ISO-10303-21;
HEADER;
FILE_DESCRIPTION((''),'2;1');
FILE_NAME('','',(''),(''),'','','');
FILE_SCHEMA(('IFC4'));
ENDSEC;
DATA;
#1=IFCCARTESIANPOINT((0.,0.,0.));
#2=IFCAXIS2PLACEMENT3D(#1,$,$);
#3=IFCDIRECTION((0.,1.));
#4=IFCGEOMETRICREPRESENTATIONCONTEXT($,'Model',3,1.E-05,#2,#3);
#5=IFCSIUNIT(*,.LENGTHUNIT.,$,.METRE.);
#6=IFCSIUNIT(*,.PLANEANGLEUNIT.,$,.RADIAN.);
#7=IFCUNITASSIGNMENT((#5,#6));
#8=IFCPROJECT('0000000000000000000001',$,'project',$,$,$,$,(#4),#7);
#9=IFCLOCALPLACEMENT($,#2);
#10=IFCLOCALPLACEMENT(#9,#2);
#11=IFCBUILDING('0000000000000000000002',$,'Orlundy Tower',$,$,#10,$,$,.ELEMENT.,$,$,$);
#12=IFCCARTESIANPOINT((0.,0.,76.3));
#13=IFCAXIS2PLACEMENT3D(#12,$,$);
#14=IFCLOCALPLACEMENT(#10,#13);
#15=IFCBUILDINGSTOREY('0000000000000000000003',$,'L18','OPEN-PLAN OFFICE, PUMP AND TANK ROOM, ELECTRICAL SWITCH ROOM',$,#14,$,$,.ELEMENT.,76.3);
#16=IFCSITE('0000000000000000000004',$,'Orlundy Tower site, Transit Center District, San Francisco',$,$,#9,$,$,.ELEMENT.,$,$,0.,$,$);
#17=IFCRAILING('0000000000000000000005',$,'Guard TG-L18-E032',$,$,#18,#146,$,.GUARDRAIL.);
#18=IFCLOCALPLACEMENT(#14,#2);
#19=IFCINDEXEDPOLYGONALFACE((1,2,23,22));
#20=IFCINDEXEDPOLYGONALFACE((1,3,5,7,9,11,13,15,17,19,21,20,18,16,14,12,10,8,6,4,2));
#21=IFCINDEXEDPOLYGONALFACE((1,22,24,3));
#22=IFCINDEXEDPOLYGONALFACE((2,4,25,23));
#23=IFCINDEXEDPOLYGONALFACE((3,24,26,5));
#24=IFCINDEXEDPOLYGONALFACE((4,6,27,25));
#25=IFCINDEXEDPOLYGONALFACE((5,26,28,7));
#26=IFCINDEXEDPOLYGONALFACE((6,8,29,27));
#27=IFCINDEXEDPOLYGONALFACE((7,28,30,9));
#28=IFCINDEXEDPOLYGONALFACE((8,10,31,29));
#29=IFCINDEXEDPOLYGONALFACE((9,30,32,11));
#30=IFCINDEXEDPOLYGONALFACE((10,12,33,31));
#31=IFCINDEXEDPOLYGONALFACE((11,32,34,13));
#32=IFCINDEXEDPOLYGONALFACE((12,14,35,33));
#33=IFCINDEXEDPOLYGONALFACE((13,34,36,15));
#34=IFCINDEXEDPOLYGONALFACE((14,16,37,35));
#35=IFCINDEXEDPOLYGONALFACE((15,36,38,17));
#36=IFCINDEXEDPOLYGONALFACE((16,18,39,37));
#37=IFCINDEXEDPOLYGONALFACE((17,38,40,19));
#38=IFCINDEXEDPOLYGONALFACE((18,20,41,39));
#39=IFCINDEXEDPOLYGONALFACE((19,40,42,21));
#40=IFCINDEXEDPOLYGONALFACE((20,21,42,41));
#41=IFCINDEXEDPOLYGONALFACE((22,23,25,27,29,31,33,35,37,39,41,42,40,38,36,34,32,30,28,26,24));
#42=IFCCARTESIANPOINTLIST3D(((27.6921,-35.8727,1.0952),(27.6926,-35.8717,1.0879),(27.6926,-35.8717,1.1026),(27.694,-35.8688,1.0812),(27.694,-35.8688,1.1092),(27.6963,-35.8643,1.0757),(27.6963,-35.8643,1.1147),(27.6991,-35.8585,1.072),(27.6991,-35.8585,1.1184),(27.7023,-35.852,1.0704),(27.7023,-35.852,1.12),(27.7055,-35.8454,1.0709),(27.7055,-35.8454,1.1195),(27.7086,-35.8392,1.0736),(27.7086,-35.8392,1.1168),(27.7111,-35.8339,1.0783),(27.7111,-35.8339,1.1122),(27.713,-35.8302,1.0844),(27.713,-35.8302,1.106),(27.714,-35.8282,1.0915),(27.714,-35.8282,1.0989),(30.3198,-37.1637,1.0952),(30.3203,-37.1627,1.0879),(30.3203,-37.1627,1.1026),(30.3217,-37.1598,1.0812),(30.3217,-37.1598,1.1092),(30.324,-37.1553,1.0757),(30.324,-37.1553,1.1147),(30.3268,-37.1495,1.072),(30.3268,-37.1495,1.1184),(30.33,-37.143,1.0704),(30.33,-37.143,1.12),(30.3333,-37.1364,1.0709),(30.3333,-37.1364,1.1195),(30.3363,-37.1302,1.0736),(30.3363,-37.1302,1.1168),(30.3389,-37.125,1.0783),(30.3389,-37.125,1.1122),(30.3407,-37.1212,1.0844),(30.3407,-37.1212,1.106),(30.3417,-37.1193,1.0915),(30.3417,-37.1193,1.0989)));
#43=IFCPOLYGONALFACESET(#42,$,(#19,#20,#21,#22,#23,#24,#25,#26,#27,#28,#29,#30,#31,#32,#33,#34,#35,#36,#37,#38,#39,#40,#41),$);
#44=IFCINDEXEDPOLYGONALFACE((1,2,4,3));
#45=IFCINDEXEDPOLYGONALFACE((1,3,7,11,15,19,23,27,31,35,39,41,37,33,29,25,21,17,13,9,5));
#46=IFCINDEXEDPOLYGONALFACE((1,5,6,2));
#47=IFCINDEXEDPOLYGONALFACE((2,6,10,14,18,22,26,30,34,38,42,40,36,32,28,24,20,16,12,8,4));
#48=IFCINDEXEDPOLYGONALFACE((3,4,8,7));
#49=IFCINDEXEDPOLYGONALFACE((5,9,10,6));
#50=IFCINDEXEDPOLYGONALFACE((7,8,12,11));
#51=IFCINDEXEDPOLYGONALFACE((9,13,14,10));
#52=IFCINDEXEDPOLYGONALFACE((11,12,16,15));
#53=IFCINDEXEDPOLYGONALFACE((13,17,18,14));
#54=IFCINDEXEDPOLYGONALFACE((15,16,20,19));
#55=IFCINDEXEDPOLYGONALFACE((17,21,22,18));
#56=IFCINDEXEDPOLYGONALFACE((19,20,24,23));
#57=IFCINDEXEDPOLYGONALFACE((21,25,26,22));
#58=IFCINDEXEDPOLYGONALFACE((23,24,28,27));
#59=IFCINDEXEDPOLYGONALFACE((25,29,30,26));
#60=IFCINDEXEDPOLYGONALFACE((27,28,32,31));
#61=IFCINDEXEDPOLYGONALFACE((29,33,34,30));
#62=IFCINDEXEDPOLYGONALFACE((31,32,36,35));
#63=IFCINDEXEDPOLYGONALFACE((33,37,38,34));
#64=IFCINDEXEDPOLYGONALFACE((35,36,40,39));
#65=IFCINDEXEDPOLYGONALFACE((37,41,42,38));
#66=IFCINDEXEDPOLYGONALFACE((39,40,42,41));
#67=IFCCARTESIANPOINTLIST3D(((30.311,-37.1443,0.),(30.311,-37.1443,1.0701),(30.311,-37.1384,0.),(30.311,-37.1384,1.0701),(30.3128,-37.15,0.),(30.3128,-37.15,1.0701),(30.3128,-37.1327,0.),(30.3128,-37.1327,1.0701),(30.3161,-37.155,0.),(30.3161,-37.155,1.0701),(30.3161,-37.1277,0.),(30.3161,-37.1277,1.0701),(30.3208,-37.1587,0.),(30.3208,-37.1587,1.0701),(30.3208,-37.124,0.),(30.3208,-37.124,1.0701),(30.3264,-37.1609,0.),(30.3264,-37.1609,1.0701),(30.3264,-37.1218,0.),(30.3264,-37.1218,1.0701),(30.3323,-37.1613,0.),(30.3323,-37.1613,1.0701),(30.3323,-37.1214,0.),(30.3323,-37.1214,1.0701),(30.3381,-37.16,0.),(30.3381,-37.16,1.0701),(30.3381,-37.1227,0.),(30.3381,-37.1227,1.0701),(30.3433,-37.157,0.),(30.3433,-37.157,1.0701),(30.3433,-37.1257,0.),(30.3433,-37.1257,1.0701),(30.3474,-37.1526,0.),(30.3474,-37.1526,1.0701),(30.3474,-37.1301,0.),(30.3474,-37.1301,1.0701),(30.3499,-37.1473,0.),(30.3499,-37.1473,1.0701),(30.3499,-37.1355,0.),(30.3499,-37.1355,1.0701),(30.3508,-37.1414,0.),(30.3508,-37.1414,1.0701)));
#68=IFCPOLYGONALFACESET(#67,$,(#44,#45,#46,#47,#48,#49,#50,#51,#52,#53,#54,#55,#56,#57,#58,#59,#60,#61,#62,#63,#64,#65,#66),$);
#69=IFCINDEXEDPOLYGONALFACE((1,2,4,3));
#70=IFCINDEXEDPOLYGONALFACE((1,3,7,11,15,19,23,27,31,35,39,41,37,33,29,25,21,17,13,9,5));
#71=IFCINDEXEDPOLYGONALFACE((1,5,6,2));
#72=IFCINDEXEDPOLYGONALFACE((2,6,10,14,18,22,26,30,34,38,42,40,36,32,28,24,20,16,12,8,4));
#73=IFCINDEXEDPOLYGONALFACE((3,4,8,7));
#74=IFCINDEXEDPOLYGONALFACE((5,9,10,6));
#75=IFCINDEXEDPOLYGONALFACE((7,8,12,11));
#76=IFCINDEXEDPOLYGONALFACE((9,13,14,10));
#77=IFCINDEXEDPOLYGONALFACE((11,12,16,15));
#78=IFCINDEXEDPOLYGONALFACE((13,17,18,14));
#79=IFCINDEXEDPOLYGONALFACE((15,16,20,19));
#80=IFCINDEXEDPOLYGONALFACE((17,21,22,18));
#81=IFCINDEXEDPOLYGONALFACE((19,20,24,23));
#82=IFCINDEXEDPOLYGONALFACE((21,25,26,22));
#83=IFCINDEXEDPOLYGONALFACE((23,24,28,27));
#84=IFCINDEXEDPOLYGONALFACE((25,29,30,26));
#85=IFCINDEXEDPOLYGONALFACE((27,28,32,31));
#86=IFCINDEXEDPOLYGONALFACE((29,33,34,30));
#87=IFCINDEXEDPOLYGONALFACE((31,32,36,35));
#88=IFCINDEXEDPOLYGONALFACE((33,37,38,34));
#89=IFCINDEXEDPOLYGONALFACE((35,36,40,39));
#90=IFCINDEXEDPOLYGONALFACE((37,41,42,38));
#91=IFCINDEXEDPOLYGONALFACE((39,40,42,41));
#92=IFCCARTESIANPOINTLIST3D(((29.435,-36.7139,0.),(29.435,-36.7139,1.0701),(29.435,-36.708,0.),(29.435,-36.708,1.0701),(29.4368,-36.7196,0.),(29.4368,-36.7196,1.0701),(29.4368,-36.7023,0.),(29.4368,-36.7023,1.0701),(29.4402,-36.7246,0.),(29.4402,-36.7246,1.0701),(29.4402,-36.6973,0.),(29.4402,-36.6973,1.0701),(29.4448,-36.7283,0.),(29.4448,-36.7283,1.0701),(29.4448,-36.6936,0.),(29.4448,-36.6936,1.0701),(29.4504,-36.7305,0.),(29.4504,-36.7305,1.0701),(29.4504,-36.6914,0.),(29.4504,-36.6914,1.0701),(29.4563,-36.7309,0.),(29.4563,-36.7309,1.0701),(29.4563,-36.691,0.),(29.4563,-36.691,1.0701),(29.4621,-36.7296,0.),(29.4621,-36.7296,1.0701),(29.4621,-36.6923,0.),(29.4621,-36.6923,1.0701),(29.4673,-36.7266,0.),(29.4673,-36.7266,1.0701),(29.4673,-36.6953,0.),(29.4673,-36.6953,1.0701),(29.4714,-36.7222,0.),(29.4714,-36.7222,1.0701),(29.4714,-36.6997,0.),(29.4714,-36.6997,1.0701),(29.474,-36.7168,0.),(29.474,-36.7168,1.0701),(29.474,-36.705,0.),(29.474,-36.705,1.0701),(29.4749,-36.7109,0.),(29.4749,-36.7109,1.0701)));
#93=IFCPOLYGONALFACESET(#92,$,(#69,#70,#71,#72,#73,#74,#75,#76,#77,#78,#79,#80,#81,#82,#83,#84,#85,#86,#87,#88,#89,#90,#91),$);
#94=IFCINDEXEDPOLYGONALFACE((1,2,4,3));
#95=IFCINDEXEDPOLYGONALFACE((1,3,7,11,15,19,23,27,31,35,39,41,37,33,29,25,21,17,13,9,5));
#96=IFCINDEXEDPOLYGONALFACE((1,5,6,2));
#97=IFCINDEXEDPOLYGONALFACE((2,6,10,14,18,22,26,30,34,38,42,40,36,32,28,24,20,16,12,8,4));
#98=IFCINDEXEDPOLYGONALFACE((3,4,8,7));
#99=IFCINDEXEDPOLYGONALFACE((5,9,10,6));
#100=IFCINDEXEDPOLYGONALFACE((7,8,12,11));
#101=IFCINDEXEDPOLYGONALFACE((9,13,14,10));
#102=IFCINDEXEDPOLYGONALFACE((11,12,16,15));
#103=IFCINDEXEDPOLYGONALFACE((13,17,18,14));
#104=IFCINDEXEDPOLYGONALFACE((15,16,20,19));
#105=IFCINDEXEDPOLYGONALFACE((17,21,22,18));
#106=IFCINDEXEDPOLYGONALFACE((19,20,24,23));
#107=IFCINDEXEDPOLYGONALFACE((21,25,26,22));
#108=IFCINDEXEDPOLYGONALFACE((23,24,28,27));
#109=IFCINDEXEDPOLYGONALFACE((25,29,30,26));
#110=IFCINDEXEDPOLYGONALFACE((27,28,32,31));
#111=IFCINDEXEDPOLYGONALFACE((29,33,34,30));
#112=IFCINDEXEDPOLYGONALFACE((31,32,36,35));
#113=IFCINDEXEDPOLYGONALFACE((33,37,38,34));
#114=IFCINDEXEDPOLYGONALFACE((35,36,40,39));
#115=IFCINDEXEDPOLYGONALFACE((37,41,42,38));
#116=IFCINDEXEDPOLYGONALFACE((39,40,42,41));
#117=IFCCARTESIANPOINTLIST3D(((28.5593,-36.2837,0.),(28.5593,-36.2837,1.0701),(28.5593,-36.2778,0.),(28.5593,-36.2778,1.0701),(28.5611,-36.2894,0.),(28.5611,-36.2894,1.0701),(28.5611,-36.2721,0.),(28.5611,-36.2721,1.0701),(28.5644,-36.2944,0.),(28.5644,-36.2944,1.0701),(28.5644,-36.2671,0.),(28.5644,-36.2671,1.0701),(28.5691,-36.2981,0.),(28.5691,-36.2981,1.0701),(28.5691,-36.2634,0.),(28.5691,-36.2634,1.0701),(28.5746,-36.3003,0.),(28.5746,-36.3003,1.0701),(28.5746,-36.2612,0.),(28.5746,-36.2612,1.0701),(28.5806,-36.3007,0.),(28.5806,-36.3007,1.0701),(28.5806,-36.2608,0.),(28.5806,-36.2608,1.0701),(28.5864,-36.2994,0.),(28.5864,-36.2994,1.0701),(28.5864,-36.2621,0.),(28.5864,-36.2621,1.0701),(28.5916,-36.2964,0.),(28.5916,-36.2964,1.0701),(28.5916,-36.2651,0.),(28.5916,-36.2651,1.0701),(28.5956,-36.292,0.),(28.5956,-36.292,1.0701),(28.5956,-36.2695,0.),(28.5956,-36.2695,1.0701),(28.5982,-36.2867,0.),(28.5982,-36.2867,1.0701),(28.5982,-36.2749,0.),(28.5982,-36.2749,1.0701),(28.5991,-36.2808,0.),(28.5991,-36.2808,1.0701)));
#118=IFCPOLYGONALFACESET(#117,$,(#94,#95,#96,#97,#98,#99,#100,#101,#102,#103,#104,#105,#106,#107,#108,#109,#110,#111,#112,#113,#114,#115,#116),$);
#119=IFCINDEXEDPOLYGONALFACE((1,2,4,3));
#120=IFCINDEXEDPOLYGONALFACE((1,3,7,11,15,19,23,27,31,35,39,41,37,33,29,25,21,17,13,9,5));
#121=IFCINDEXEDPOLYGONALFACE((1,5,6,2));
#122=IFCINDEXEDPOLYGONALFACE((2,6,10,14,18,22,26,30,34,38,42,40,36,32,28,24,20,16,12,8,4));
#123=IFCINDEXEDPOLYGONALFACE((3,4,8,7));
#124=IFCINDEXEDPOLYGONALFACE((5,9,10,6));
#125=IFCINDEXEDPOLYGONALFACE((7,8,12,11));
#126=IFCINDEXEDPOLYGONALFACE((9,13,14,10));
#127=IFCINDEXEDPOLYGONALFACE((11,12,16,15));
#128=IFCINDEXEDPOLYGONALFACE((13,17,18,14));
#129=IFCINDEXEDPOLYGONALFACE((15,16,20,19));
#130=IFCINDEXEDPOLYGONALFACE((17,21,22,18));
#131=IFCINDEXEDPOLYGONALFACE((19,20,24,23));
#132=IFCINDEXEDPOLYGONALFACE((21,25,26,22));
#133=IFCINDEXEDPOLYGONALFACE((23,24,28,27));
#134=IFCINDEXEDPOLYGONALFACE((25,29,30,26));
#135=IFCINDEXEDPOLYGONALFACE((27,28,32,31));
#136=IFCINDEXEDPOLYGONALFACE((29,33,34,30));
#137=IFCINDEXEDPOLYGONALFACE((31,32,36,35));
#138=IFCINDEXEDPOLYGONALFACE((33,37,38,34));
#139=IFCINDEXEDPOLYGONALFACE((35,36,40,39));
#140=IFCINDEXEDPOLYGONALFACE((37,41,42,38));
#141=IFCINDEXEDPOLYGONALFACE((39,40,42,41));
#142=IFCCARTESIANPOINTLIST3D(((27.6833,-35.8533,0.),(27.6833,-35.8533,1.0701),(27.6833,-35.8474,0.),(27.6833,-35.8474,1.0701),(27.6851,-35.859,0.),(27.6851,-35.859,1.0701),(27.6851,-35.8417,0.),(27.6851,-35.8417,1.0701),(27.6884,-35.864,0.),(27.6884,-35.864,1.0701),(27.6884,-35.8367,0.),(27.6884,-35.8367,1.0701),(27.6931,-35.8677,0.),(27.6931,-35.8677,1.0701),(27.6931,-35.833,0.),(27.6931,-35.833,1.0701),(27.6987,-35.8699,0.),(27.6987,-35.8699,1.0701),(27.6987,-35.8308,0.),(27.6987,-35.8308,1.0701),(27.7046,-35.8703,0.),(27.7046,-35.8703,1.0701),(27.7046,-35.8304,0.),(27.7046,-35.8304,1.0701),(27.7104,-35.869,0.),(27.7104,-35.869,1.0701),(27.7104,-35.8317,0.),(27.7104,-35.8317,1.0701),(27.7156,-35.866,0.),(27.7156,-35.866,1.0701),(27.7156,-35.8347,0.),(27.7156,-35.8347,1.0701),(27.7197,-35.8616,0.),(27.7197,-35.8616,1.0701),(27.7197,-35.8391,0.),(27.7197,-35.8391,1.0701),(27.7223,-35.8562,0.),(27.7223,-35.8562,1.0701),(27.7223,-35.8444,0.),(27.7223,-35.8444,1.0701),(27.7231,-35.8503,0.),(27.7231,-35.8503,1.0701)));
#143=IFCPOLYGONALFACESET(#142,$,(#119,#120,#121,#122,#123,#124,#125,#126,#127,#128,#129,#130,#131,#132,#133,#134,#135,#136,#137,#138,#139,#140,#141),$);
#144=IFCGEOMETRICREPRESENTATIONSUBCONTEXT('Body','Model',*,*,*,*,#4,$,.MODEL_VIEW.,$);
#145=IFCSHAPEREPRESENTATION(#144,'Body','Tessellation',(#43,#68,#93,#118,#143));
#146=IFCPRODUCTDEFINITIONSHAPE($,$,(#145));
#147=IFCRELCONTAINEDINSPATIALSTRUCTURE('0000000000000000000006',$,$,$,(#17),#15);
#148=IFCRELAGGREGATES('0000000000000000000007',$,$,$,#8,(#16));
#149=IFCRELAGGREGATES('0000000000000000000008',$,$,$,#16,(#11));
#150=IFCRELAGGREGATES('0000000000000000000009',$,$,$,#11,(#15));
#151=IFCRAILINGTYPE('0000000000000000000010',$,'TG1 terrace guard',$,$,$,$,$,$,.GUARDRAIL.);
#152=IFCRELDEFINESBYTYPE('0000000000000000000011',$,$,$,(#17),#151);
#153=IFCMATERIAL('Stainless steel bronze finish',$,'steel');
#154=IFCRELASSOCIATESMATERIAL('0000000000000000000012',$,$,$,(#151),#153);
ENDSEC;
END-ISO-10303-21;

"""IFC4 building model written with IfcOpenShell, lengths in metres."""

from ifc_helpers import new_model, si_unit, direction, frame, origin, origin_2d, place, context, subcontext, project, spatial, circle, extrude, material, type_object, element, save


model = new_model("IFC4")

# Units and contexts
model_context = context("Model", 3, precision=1e-05, world=origin(), true_north=direction((0.0, 1.0)))
body_context = subcontext(model_context, "Body", "Model", "MODEL_VIEW")
ifc_project = project(units=[si_unit("LENGTHUNIT", "METRE"), si_unit("PLANEANGLEUNIT", "RADIAN")], contexts=[model_context])

# Site, building, storey
site_placement = place(None, origin())
site = spatial("IfcSite", under=ifc_project, at=site_placement, Name="Orlundy Tower site, Transit Center District, San Francisco", CompositionType="ELEMENT", RefElevation=0.0)
building_placement = place(site_placement, origin())
building = spatial("IfcBuilding", under=site, at=building_placement, Name="Orlundy Tower", CompositionType="ELEMENT")
storey_placement = place(building_placement, frame((0.0, 0.0, 76.3)))
storey = spatial("IfcBuildingStorey", under=building, at=storey_placement, Name="L18", Description="OPEN-PLAN OFFICE, PUMP AND TANK ROOM, ELECTRICAL SWITCH ROOM", CompositionType="ELEMENT", Elevation=76.3)

# Railing
ifc_material_1 = material(Name="Stainless steel bronze finish", Category="steel")
railing_type = type_object("IfcRailingType", Name="TG1 terrace guard", PredefinedType="GUARDRAIL", material=ifc_material_1)
railing_1_placement = place(storey_placement, frame((30.3308, -37.1414, 0.0)))
element("IfcRailing", 1, at=railing_1_placement, inside=storey, type_object=railing_type, Name="Guard TG-L18-E032", PredefinedType="GUARDRAIL", context=body_context, shape_type="SweptSolid", body=[
    extrude(circle(Radius=0.0249, at=origin_2d()), frame((0.0, 0.0, 1.0952), z_axis=(-0.897524, 0.440965, 0.0), x_axis=(-0.440965, -0.897524, 0.0)), (0.0, 0.0, 1.0), 2.9277),
    extrude(circle(Radius=0.02, at=origin_2d()), origin(), (0.0, 0.0, 1.0), 1.0701),
    extrude(circle(Radius=0.02, at=origin_2d()), frame((-0.876, 0.4304, 0.0)), (0.0, 0.0, 1.0), 1.0701),
    extrude(circle(Radius=0.02, at=origin_2d()), frame((-1.7517, 0.8606, 0.0)), (0.0, 0.0, 1.0), 1.0701),
    extrude(circle(Radius=0.02, at=origin_2d()), frame((-2.6277, 1.291, 0.0)), (0.0, 0.0, 1.0), 1.0701),
])

save(model, "model.ifc")
